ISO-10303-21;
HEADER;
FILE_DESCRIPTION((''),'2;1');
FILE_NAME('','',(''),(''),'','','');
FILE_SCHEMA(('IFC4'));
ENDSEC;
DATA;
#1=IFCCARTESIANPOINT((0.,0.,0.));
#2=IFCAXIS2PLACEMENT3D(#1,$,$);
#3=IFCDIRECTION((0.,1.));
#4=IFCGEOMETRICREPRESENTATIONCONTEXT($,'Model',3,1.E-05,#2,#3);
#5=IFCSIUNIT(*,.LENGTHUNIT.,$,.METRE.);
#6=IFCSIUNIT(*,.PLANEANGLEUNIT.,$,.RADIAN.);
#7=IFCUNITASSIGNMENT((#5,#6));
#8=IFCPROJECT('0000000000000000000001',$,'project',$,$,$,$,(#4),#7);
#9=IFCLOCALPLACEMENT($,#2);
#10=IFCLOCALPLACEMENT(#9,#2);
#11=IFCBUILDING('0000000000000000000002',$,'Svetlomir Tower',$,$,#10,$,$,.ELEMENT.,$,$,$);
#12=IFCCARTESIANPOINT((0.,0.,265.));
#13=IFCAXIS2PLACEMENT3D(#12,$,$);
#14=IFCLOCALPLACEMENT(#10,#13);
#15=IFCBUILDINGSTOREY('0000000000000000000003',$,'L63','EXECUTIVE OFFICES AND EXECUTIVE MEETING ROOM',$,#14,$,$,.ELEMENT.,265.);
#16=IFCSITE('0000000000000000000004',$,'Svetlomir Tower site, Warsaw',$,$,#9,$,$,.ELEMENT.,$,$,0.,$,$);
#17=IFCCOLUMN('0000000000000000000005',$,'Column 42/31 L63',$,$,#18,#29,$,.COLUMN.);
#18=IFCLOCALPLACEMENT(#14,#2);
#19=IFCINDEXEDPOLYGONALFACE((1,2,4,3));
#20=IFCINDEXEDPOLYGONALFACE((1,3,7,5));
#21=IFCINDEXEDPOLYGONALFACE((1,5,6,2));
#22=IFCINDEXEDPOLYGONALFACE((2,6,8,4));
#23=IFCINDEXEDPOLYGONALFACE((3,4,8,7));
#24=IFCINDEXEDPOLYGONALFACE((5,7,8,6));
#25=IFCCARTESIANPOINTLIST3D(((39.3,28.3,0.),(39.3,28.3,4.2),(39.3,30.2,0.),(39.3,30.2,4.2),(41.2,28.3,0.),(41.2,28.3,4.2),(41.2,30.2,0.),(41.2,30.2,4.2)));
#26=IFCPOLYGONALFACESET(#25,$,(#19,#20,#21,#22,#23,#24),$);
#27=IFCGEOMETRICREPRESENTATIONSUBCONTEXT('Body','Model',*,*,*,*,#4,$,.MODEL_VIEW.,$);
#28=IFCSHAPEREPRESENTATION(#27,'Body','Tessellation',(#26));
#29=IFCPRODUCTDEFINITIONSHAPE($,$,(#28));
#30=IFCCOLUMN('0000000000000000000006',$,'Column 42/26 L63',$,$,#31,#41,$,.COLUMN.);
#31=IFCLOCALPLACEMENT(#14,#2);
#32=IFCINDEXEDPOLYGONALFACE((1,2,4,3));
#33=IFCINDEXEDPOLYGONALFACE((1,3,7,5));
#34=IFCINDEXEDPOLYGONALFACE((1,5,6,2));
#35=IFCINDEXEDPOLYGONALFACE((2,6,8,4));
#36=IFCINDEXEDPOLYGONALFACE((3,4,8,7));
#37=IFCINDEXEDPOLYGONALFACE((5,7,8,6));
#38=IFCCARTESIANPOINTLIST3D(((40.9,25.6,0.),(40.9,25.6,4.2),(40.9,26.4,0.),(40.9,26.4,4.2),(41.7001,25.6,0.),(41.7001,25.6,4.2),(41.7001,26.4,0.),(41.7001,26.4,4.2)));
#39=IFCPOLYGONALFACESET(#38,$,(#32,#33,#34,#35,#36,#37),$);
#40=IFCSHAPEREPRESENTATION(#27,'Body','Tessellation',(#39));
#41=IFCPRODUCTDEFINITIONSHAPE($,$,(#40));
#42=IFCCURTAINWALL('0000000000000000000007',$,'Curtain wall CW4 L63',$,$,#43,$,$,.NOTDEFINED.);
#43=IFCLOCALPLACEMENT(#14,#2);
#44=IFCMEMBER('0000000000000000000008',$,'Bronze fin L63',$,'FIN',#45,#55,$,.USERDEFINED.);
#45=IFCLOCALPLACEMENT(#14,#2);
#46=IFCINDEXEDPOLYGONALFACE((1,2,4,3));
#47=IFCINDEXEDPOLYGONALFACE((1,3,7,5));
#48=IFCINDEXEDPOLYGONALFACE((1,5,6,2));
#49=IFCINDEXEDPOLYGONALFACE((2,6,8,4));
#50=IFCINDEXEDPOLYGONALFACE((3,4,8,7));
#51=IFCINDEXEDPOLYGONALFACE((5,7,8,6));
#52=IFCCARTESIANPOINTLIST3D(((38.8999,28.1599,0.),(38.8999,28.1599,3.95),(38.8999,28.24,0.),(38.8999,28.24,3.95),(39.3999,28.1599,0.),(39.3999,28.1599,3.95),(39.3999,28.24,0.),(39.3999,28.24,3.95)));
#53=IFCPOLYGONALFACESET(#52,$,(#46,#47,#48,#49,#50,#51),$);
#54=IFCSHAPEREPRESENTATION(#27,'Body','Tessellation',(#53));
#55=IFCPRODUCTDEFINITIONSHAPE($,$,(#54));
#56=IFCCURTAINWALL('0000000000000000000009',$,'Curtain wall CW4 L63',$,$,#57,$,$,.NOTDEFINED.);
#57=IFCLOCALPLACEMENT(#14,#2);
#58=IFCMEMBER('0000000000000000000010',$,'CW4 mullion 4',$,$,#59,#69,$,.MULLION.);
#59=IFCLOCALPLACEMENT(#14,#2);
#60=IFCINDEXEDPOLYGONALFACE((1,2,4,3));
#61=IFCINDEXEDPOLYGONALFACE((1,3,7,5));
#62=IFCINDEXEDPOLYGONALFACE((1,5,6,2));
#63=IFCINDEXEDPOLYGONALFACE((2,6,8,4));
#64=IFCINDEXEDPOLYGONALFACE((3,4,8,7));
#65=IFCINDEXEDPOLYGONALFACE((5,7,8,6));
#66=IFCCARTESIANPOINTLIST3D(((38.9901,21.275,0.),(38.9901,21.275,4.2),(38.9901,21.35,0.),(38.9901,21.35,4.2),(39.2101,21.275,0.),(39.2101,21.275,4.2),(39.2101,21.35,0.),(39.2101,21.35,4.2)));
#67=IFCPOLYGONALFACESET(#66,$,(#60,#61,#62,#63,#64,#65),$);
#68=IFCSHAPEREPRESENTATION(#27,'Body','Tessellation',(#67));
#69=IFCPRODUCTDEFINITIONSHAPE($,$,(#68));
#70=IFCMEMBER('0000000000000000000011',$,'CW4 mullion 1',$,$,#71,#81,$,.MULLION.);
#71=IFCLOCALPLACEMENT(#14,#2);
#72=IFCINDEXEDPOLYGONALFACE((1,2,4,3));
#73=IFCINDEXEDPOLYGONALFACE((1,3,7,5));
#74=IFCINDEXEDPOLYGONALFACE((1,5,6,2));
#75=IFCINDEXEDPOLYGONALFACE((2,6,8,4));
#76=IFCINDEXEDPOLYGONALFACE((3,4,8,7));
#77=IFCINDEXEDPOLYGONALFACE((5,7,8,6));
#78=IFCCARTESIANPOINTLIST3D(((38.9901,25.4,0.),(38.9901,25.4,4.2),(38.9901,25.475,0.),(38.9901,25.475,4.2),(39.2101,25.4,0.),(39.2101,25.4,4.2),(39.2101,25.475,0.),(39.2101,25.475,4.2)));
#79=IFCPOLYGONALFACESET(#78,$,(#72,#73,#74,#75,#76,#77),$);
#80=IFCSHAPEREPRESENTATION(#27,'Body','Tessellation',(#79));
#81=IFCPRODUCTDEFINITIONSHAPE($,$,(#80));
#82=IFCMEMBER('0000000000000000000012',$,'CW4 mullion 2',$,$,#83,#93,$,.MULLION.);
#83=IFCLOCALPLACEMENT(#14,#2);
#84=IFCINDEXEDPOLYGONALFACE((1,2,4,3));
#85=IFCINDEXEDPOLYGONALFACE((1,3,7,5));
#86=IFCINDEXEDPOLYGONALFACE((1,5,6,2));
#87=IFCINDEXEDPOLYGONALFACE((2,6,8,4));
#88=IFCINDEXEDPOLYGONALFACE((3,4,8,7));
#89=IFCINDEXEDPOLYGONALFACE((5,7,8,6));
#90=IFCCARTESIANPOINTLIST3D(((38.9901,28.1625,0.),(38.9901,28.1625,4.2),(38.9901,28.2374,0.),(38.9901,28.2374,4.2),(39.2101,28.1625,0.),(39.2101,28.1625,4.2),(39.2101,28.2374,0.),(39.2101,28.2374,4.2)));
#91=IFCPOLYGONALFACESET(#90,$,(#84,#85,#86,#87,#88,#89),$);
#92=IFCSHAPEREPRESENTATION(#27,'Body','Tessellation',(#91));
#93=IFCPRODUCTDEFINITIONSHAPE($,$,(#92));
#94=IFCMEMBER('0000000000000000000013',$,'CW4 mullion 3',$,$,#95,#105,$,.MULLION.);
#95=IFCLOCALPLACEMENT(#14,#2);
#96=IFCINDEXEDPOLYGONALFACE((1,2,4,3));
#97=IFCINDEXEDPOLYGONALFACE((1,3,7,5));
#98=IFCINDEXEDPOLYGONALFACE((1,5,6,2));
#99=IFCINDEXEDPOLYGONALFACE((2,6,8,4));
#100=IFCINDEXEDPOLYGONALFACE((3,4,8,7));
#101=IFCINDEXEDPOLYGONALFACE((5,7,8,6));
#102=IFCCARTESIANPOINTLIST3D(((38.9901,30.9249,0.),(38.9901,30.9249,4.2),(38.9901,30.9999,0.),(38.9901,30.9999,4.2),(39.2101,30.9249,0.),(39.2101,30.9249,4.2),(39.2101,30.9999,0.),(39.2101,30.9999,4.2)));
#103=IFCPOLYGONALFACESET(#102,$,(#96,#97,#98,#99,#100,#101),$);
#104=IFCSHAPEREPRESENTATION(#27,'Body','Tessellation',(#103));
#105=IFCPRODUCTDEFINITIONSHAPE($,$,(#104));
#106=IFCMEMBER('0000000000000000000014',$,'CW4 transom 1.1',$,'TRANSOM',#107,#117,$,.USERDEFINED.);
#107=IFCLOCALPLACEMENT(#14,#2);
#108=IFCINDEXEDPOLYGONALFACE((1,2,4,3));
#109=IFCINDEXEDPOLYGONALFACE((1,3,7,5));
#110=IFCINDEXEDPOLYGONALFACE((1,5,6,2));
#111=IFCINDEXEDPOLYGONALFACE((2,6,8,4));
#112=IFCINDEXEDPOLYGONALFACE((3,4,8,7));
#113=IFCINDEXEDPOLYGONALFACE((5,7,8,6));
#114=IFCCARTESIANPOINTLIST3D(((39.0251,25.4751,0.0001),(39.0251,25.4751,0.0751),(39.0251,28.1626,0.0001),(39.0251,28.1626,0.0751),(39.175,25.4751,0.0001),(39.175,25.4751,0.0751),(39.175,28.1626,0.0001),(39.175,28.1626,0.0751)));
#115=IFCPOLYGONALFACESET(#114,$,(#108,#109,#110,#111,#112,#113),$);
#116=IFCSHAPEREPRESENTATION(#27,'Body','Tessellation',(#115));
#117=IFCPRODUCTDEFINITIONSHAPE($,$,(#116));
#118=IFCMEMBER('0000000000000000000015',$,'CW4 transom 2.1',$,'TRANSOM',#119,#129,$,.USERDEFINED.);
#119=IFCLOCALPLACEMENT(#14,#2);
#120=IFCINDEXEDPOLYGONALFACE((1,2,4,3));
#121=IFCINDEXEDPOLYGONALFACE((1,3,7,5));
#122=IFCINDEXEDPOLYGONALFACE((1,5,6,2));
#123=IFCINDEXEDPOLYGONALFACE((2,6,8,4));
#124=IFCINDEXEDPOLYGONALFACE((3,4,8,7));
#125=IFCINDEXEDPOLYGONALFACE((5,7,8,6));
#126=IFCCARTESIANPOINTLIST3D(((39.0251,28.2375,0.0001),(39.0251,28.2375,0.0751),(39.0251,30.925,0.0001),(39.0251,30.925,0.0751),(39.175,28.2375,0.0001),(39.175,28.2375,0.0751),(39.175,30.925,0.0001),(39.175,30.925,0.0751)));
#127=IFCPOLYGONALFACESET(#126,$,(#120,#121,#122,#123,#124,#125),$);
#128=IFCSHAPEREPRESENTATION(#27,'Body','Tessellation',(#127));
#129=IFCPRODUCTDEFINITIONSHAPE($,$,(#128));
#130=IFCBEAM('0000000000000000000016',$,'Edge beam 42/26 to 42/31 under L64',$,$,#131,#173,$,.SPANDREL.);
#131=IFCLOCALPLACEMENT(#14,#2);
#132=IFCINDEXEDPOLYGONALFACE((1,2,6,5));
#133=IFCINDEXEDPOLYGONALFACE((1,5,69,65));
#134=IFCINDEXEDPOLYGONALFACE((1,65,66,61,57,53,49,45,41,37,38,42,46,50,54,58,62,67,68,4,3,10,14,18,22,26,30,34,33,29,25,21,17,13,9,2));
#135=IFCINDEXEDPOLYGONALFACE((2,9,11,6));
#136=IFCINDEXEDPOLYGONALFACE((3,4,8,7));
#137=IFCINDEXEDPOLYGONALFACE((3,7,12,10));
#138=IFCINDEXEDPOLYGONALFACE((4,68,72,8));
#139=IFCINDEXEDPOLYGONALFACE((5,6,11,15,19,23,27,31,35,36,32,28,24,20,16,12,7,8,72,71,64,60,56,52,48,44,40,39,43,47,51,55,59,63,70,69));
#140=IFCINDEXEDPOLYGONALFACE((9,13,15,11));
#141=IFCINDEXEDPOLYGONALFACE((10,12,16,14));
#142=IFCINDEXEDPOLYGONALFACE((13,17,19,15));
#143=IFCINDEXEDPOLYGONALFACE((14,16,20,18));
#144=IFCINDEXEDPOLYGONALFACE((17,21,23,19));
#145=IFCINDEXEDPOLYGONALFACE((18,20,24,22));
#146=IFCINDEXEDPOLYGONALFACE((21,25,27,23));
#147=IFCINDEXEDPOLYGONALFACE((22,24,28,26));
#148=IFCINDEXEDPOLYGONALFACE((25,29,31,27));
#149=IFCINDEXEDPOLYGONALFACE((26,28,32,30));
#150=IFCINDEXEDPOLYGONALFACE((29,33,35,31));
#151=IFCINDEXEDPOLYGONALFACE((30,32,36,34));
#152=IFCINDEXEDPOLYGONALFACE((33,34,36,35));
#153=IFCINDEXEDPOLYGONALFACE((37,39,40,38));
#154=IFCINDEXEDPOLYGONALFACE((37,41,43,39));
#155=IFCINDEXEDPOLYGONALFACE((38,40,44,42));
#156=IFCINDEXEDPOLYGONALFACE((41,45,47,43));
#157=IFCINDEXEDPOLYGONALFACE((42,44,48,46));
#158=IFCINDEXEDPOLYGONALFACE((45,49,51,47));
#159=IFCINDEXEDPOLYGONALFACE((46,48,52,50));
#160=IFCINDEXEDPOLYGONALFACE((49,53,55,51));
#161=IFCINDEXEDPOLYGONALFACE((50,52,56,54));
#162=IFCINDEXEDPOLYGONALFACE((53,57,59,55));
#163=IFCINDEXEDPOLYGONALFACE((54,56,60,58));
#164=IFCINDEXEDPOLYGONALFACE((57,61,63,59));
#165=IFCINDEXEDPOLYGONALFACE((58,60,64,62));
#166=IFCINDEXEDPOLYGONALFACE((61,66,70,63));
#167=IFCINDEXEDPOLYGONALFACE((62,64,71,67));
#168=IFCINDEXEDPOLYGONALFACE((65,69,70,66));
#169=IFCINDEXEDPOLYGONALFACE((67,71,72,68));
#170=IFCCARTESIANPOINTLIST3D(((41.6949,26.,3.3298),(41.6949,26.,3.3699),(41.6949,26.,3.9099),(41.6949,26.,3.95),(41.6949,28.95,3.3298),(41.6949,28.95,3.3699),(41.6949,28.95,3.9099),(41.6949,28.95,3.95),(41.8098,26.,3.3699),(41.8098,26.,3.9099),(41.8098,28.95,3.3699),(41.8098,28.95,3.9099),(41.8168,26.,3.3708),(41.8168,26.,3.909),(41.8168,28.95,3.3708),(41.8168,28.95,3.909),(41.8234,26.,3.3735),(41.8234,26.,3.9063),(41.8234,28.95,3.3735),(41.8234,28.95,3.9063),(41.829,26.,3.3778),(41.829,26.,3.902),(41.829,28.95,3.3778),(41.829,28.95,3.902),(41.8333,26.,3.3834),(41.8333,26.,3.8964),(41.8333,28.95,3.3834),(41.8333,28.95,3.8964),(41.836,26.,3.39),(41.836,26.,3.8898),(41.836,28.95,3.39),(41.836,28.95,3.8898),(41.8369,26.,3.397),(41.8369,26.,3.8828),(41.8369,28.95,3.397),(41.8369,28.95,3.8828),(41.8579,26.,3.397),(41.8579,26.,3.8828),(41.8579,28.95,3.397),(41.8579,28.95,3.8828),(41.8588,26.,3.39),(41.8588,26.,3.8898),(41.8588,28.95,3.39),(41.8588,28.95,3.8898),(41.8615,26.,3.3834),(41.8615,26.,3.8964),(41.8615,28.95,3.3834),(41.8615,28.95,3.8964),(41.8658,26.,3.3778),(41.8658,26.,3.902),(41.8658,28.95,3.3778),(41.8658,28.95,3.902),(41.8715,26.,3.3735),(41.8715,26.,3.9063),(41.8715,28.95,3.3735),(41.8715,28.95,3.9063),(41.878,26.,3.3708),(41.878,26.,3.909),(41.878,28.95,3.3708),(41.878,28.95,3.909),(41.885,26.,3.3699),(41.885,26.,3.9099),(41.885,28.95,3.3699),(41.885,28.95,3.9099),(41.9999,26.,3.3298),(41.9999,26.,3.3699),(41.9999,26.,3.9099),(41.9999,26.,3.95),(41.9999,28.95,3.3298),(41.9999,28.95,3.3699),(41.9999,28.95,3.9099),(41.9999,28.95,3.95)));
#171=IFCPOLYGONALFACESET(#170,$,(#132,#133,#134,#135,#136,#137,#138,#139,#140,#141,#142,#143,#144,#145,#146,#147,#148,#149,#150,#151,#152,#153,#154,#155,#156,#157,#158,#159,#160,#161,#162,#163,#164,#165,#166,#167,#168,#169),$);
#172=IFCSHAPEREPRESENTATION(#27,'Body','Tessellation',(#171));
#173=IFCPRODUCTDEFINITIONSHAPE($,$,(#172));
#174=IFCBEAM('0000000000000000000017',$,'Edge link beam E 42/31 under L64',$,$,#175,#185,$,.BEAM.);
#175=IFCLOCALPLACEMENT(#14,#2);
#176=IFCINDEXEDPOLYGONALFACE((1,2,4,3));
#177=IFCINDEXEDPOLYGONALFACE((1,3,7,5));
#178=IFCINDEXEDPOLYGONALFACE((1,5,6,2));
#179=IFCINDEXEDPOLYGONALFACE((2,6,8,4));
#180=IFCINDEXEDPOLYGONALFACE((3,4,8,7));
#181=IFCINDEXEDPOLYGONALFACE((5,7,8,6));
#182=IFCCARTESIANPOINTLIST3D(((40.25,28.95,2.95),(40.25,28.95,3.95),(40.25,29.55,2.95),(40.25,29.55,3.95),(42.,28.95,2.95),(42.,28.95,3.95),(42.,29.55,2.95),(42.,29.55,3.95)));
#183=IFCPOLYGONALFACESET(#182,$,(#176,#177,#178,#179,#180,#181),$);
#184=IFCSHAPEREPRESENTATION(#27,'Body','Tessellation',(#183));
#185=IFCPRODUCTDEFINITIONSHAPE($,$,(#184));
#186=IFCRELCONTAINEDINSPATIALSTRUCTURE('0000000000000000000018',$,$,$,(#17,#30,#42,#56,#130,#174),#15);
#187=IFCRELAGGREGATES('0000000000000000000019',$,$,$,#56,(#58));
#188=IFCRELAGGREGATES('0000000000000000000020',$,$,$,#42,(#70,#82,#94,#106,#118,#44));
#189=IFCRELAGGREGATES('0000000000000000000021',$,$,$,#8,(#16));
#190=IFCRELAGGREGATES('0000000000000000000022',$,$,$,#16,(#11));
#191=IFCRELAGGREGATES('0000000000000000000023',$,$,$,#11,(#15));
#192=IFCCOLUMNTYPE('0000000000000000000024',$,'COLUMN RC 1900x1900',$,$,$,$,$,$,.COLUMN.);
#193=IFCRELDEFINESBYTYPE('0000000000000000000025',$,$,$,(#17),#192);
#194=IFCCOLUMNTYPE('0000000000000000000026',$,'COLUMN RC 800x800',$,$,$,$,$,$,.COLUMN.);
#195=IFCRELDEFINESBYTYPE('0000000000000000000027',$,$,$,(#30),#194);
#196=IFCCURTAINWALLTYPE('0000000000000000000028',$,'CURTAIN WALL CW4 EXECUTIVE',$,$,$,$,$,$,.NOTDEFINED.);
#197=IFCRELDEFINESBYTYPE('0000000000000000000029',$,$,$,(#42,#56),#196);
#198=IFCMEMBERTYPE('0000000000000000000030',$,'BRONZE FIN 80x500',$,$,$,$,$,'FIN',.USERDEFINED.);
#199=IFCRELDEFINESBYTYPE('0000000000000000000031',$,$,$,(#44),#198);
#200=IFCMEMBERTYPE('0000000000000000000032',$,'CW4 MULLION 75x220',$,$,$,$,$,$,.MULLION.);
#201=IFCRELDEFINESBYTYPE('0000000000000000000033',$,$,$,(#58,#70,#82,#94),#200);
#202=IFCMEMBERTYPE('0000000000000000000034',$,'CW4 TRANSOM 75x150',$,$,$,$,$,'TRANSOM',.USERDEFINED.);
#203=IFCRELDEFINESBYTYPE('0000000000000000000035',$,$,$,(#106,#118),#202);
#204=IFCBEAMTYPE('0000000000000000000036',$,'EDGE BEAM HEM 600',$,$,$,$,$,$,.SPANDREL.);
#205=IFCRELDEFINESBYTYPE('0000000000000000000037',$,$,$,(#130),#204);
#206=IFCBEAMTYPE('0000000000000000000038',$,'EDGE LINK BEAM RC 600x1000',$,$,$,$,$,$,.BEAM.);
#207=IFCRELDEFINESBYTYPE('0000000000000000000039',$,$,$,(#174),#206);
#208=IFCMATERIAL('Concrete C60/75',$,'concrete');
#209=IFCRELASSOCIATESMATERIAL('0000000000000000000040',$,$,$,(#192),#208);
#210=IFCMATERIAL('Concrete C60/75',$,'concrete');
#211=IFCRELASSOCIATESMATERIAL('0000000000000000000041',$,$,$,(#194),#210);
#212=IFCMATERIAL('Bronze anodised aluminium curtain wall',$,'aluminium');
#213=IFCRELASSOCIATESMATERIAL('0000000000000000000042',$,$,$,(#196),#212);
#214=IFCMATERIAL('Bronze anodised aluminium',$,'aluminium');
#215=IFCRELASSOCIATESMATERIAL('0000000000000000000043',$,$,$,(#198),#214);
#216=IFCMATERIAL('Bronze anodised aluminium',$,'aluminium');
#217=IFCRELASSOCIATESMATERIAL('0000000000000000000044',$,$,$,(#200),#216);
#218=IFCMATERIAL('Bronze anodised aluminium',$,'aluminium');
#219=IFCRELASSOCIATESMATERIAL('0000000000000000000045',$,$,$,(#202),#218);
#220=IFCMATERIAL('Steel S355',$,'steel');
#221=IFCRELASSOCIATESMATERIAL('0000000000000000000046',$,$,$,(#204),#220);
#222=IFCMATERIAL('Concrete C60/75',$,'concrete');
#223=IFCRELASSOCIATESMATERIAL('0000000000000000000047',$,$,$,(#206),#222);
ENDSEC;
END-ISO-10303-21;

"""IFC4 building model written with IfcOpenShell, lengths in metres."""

from ifc_helpers import new_model, si_unit, direction, frame, origin, origin_2d, place, context, subcontext, project, spatial, rectangle, i_section, extrude, material, material_profile, profile_set, type_object, element, aggregate, save


model = new_model("IFC4")

# Units and contexts
model_context = context("Model", 3, precision=1e-05, world=origin(), true_north=direction((0.0, 1.0)))
body_context = subcontext(model_context, "Body", "Model", "MODEL_VIEW")
ifc_project = project(units=[si_unit("LENGTHUNIT", "METRE"), si_unit("PLANEANGLEUNIT", "RADIAN")], contexts=[model_context])

# Site, building, storey
site_placement = place(None, origin())
site = spatial("IfcSite", under=ifc_project, at=site_placement, Name="Svetlomir Tower site, Warsaw", CompositionType="ELEMENT", RefElevation=0.0)
building_placement = place(site_placement, origin())
building = spatial("IfcBuilding", under=site, at=building_placement, Name="Svetlomir Tower", CompositionType="ELEMENT")
storey_placement = place(building_placement, frame((0.0, 0.0, 265.0)))
storey = spatial("IfcBuildingStorey", under=building, at=storey_placement, Name="L63", Description="EXECUTIVE OFFICES AND EXECUTIVE MEETING ROOM", CompositionType="ELEMENT", Elevation=265.0)

# Columns
ifc_material_1 = material(Name="Concrete C60/75", Category="concrete")
ifc_material_profile_1 = material_profile(ifc_material_1, rectangle(XDim=1.8999, YDim=1.8999, at=origin_2d()), Name="RC 1900x1900")
ifc_profile_set_1 = profile_set([ifc_material_profile_1], Name="Concrete C60/75")
column_type_1 = type_object("IfcColumnType", Name="COLUMN RC 1900x1900", PredefinedType="COLUMN", material=ifc_profile_set_1)
column_1_placement = place(storey_placement, frame((40.25, 29.25, 0.0), z_axis=(0.0, 0.0, 1.0), x_axis=(1.0, 0.0, 0.0)))
element("IfcColumn", 1, at=column_1_placement, inside=storey, type_object=column_type_1, Name="Column 42/31 L63", PredefinedType="COLUMN", context=body_context, shape_type="SweptSolid", body=[
    extrude(rectangle(XDim=1.8999, YDim=1.8999, at=origin_2d()), origin(), (0.0, 0.0, 1.0), 4.2),
])
ifc_material_2 = material(Name="Concrete C60/75", Category="concrete")
ifc_material_profile_2 = material_profile(ifc_material_2, rectangle(XDim=0.8, YDim=0.8, at=origin_2d()), Name="RC 800x800")
ifc_profile_set_2 = profile_set([ifc_material_profile_2], Name="Concrete C60/75")
column_type_2 = type_object("IfcColumnType", Name="COLUMN RC 800x800", PredefinedType="COLUMN", material=ifc_profile_set_2)
column_2_placement = place(storey_placement, frame((41.3, 26.0, 0.0), z_axis=(0.0, 0.0, 1.0), x_axis=(1.0, 0.0, 0.0)))
element("IfcColumn", 2, at=column_2_placement, inside=storey, type_object=column_type_2, Name="Column 42/26 L63", PredefinedType="COLUMN", context=body_context, shape_type="SweptSolid", body=[
    extrude(rectangle(XDim=0.8, YDim=0.8, at=origin_2d()), origin(), (0.0, 0.0, 1.0), 4.2),
])

# Curtain walls, members
ifc_material_3 = material(Name="Bronze anodised aluminium curtain wall", Category="aluminium")
curtain_wall_type = type_object("IfcCurtainWallType", Name="CURTAIN WALL CW4 EXECUTIVE", PredefinedType="NOTDEFINED", material=ifc_material_3)
curtain_wall_1_placement = place(storey_placement, origin())
curtain_wall_1 = element("IfcCurtainWall", 3, at=curtain_wall_1_placement, inside=storey, type_object=curtain_wall_type, Name="Curtain wall CW4 L63", PredefinedType="NOTDEFINED")
ifc_material_4 = material(Name="Bronze anodised aluminium", Category="aluminium")
ifc_material_profile_3 = material_profile(ifc_material_4, rectangle(XDim=0.0801, YDim=0.5, at=origin_2d()), Name="FIN 80x500")
ifc_profile_set_3 = profile_set([ifc_material_profile_3], Name="Bronze anodised aluminium 6063-T6")
member_type_1 = type_object("IfcMemberType", Name="BRONZE FIN 80x500", ElementType="FIN", PredefinedType="USERDEFINED", material=ifc_profile_set_3)
member_1_placement = place(storey_placement, frame((39.1499, 28.2, 0.0), z_axis=(0.0, 0.0, 1.0), x_axis=(0.0, 1.0, 0.0)))
member_1 = element("IfcMember", 4, at=member_1_placement, type_object=member_type_1, Name="Bronze fin L63", ObjectType="FIN", PredefinedType="USERDEFINED", context=body_context, shape_type="SweptSolid", body=[
    extrude(rectangle(XDim=0.0801, YDim=0.5, at=origin_2d()), origin(), (0.0, 0.0, 1.0), 3.95),
])
curtain_wall_2_placement = place(storey_placement, origin())
curtain_wall_2 = element("IfcCurtainWall", 5, at=curtain_wall_2_placement, inside=storey, type_object=curtain_wall_type, Name="Curtain wall CW4 L63", PredefinedType="NOTDEFINED")
ifc_material_5 = material(Name="Bronze anodised aluminium", Category="aluminium")
ifc_material_profile_4 = material_profile(ifc_material_5, rectangle(XDim=0.075, YDim=0.22, at=origin_2d()), Name="AL 75x220")
ifc_profile_set_4 = profile_set([ifc_material_profile_4], Name="Bronze anodised aluminium 6063-T6")
member_type_2 = type_object("IfcMemberType", Name="CW4 MULLION 75x220", PredefinedType="MULLION", material=ifc_profile_set_4)
member_2_placement = place(storey_placement, frame((39.1001, 21.3125, 0.0), z_axis=(0.0, 0.0, 1.0), x_axis=(0.0, 1.0, 0.0)))
member_2 = element("IfcMember", 6, at=member_2_placement, type_object=member_type_2, Name="CW4 mullion 4", PredefinedType="MULLION", context=body_context, shape_type="SweptSolid", body=[
    extrude(rectangle(XDim=0.075, YDim=0.22, at=origin_2d()), origin(), (0.0, 0.0, 1.0), 4.2),
])
aggregate(curtain_wall_2, [member_2])

# Members
member_3_placement = place(storey_placement, frame((39.1001, 25.4375, 0.0), z_axis=(0.0, 0.0, 1.0), x_axis=(0.0, 1.0, 0.0)))
member_3 = element("IfcMember", 7, at=member_3_placement, type_object=member_type_2, Name="CW4 mullion 1", PredefinedType="MULLION", context=body_context, shape_type="SweptSolid", body=[
    extrude(rectangle(XDim=0.075, YDim=0.22, at=origin_2d()), origin(), (0.0, 0.0, 1.0), 4.2),
])
member_4_placement = place(storey_placement, frame((39.1001, 28.2, 0.0), z_axis=(0.0, 0.0, 1.0), x_axis=(0.0, 1.0, 0.0)))
member_4 = element("IfcMember", 8, at=member_4_placement, type_object=member_type_2, Name="CW4 mullion 2", PredefinedType="MULLION", context=body_context, shape_type="SweptSolid", body=[
    extrude(rectangle(XDim=0.075, YDim=0.22, at=origin_2d()), origin(), (0.0, 0.0, 1.0), 4.2),
])
member_5_placement = place(storey_placement, frame((39.1001, 30.9624, 0.0), z_axis=(0.0, 0.0, 1.0), x_axis=(0.0, 1.0, 0.0)))
member_5 = element("IfcMember", 9, at=member_5_placement, type_object=member_type_2, Name="CW4 mullion 3", PredefinedType="MULLION", context=body_context, shape_type="SweptSolid", body=[
    extrude(rectangle(XDim=0.075, YDim=0.22, at=origin_2d()), origin(), (0.0, 0.0, 1.0), 4.2),
])
ifc_material_6 = material(Name="Bronze anodised aluminium", Category="aluminium")
ifc_material_profile_5 = material_profile(ifc_material_6, rectangle(XDim=0.1499, YDim=0.075, at=origin_2d()), Name="AL 150x75")
ifc_profile_set_5 = profile_set([ifc_material_profile_5], Name="Bronze anodised aluminium 6063-T6")
member_type_3 = type_object("IfcMemberType", Name="CW4 TRANSOM 75x150", ElementType="TRANSOM", PredefinedType="USERDEFINED", material=ifc_profile_set_5)
member_6_placement = place(storey_placement, frame((39.1001, 25.4751, 0.0376), z_axis=(0.0, 1.0, 0.0), x_axis=(-1.0, 0.0, 0.0)))
member_6 = element("IfcMember", 10, at=member_6_placement, type_object=member_type_3, Name="CW4 transom 1.1", ObjectType="TRANSOM", PredefinedType="USERDEFINED", context=body_context, shape_type="SweptSolid", body=[
    extrude(rectangle(XDim=0.1499, YDim=0.075, at=origin_2d()), origin(), (0.0, 0.0, 1.0), 2.6875),
])
member_7_placement = place(storey_placement, frame((39.1001, 28.2375, 0.0376), z_axis=(0.0, 1.0, 0.0), x_axis=(-1.0, 0.0, 0.0)))
member_7 = element("IfcMember", 11, at=member_7_placement, type_object=member_type_3, Name="CW4 transom 2.1", ObjectType="TRANSOM", PredefinedType="USERDEFINED", context=body_context, shape_type="SweptSolid", body=[
    extrude(rectangle(XDim=0.1499, YDim=0.075, at=origin_2d()), origin(), (0.0, 0.0, 1.0), 2.6875),
])

# Beams
ifc_material_7 = material(Name="Steel S355", Category="steel")
ifc_material_profile_6 = material_profile(ifc_material_7, i_section(OverallWidth=0.3049, OverallDepth=0.6201, WebThickness=0.021, FlangeThickness=0.04, FilletRadius=0.0271, at=origin_2d()), Name="HEM 600")
ifc_profile_set_6 = profile_set([ifc_material_profile_6], Name="Steel S355")
beam_type_1 = type_object("IfcBeamType", Name="EDGE BEAM HEM 600", PredefinedType="SPANDREL", material=ifc_profile_set_6)
beam_1_placement = place(storey_placement, frame((41.8474, 26.0, 3.6399), z_axis=(0.0, 1.0, 0.0), x_axis=(-1.0, 0.0, 0.0)))
element("IfcBeam", 12, at=beam_1_placement, inside=storey, type_object=beam_type_1, Name="Edge beam 42/26 to 42/31 under L64", PredefinedType="SPANDREL", context=body_context, shape_type="SweptSolid", body=[
    extrude(i_section(OverallWidth=0.3049, OverallDepth=0.6201, WebThickness=0.021, FlangeThickness=0.04, FilletRadius=0.0271, at=origin_2d()), origin(), (0.0, 0.0, 1.0), 2.95),
])
ifc_material_8 = material(Name="Concrete C60/75", Category="concrete")
ifc_material_profile_7 = material_profile(ifc_material_8, rectangle(XDim=0.6001, YDim=1.0, at=origin_2d()), Name="RC 600x1000")
ifc_profile_set_7 = profile_set([ifc_material_profile_7], Name="Concrete C60/75")
beam_type_2 = type_object("IfcBeamType", Name="EDGE LINK BEAM RC 600x1000", PredefinedType="BEAM", material=ifc_profile_set_7)
beam_2_placement = place(storey_placement, frame((40.25, 29.25, 3.45), z_axis=(1.0, 0.0, 0.0), x_axis=(0.0, 1.0, 0.0)))
element("IfcBeam", 13, at=beam_2_placement, inside=storey, type_object=beam_type_2, Name="Edge link beam E 42/31 under L64", PredefinedType="BEAM", context=body_context, shape_type="SweptSolid", body=[
    extrude(rectangle(XDim=0.6001, YDim=1.0, at=origin_2d()), origin(), (0.0, 0.0, 1.0), 1.75),
])

aggregate(curtain_wall_1, [member_3, member_4, member_5, member_6, member_7, member_1])

save(model, "model.ifc")
